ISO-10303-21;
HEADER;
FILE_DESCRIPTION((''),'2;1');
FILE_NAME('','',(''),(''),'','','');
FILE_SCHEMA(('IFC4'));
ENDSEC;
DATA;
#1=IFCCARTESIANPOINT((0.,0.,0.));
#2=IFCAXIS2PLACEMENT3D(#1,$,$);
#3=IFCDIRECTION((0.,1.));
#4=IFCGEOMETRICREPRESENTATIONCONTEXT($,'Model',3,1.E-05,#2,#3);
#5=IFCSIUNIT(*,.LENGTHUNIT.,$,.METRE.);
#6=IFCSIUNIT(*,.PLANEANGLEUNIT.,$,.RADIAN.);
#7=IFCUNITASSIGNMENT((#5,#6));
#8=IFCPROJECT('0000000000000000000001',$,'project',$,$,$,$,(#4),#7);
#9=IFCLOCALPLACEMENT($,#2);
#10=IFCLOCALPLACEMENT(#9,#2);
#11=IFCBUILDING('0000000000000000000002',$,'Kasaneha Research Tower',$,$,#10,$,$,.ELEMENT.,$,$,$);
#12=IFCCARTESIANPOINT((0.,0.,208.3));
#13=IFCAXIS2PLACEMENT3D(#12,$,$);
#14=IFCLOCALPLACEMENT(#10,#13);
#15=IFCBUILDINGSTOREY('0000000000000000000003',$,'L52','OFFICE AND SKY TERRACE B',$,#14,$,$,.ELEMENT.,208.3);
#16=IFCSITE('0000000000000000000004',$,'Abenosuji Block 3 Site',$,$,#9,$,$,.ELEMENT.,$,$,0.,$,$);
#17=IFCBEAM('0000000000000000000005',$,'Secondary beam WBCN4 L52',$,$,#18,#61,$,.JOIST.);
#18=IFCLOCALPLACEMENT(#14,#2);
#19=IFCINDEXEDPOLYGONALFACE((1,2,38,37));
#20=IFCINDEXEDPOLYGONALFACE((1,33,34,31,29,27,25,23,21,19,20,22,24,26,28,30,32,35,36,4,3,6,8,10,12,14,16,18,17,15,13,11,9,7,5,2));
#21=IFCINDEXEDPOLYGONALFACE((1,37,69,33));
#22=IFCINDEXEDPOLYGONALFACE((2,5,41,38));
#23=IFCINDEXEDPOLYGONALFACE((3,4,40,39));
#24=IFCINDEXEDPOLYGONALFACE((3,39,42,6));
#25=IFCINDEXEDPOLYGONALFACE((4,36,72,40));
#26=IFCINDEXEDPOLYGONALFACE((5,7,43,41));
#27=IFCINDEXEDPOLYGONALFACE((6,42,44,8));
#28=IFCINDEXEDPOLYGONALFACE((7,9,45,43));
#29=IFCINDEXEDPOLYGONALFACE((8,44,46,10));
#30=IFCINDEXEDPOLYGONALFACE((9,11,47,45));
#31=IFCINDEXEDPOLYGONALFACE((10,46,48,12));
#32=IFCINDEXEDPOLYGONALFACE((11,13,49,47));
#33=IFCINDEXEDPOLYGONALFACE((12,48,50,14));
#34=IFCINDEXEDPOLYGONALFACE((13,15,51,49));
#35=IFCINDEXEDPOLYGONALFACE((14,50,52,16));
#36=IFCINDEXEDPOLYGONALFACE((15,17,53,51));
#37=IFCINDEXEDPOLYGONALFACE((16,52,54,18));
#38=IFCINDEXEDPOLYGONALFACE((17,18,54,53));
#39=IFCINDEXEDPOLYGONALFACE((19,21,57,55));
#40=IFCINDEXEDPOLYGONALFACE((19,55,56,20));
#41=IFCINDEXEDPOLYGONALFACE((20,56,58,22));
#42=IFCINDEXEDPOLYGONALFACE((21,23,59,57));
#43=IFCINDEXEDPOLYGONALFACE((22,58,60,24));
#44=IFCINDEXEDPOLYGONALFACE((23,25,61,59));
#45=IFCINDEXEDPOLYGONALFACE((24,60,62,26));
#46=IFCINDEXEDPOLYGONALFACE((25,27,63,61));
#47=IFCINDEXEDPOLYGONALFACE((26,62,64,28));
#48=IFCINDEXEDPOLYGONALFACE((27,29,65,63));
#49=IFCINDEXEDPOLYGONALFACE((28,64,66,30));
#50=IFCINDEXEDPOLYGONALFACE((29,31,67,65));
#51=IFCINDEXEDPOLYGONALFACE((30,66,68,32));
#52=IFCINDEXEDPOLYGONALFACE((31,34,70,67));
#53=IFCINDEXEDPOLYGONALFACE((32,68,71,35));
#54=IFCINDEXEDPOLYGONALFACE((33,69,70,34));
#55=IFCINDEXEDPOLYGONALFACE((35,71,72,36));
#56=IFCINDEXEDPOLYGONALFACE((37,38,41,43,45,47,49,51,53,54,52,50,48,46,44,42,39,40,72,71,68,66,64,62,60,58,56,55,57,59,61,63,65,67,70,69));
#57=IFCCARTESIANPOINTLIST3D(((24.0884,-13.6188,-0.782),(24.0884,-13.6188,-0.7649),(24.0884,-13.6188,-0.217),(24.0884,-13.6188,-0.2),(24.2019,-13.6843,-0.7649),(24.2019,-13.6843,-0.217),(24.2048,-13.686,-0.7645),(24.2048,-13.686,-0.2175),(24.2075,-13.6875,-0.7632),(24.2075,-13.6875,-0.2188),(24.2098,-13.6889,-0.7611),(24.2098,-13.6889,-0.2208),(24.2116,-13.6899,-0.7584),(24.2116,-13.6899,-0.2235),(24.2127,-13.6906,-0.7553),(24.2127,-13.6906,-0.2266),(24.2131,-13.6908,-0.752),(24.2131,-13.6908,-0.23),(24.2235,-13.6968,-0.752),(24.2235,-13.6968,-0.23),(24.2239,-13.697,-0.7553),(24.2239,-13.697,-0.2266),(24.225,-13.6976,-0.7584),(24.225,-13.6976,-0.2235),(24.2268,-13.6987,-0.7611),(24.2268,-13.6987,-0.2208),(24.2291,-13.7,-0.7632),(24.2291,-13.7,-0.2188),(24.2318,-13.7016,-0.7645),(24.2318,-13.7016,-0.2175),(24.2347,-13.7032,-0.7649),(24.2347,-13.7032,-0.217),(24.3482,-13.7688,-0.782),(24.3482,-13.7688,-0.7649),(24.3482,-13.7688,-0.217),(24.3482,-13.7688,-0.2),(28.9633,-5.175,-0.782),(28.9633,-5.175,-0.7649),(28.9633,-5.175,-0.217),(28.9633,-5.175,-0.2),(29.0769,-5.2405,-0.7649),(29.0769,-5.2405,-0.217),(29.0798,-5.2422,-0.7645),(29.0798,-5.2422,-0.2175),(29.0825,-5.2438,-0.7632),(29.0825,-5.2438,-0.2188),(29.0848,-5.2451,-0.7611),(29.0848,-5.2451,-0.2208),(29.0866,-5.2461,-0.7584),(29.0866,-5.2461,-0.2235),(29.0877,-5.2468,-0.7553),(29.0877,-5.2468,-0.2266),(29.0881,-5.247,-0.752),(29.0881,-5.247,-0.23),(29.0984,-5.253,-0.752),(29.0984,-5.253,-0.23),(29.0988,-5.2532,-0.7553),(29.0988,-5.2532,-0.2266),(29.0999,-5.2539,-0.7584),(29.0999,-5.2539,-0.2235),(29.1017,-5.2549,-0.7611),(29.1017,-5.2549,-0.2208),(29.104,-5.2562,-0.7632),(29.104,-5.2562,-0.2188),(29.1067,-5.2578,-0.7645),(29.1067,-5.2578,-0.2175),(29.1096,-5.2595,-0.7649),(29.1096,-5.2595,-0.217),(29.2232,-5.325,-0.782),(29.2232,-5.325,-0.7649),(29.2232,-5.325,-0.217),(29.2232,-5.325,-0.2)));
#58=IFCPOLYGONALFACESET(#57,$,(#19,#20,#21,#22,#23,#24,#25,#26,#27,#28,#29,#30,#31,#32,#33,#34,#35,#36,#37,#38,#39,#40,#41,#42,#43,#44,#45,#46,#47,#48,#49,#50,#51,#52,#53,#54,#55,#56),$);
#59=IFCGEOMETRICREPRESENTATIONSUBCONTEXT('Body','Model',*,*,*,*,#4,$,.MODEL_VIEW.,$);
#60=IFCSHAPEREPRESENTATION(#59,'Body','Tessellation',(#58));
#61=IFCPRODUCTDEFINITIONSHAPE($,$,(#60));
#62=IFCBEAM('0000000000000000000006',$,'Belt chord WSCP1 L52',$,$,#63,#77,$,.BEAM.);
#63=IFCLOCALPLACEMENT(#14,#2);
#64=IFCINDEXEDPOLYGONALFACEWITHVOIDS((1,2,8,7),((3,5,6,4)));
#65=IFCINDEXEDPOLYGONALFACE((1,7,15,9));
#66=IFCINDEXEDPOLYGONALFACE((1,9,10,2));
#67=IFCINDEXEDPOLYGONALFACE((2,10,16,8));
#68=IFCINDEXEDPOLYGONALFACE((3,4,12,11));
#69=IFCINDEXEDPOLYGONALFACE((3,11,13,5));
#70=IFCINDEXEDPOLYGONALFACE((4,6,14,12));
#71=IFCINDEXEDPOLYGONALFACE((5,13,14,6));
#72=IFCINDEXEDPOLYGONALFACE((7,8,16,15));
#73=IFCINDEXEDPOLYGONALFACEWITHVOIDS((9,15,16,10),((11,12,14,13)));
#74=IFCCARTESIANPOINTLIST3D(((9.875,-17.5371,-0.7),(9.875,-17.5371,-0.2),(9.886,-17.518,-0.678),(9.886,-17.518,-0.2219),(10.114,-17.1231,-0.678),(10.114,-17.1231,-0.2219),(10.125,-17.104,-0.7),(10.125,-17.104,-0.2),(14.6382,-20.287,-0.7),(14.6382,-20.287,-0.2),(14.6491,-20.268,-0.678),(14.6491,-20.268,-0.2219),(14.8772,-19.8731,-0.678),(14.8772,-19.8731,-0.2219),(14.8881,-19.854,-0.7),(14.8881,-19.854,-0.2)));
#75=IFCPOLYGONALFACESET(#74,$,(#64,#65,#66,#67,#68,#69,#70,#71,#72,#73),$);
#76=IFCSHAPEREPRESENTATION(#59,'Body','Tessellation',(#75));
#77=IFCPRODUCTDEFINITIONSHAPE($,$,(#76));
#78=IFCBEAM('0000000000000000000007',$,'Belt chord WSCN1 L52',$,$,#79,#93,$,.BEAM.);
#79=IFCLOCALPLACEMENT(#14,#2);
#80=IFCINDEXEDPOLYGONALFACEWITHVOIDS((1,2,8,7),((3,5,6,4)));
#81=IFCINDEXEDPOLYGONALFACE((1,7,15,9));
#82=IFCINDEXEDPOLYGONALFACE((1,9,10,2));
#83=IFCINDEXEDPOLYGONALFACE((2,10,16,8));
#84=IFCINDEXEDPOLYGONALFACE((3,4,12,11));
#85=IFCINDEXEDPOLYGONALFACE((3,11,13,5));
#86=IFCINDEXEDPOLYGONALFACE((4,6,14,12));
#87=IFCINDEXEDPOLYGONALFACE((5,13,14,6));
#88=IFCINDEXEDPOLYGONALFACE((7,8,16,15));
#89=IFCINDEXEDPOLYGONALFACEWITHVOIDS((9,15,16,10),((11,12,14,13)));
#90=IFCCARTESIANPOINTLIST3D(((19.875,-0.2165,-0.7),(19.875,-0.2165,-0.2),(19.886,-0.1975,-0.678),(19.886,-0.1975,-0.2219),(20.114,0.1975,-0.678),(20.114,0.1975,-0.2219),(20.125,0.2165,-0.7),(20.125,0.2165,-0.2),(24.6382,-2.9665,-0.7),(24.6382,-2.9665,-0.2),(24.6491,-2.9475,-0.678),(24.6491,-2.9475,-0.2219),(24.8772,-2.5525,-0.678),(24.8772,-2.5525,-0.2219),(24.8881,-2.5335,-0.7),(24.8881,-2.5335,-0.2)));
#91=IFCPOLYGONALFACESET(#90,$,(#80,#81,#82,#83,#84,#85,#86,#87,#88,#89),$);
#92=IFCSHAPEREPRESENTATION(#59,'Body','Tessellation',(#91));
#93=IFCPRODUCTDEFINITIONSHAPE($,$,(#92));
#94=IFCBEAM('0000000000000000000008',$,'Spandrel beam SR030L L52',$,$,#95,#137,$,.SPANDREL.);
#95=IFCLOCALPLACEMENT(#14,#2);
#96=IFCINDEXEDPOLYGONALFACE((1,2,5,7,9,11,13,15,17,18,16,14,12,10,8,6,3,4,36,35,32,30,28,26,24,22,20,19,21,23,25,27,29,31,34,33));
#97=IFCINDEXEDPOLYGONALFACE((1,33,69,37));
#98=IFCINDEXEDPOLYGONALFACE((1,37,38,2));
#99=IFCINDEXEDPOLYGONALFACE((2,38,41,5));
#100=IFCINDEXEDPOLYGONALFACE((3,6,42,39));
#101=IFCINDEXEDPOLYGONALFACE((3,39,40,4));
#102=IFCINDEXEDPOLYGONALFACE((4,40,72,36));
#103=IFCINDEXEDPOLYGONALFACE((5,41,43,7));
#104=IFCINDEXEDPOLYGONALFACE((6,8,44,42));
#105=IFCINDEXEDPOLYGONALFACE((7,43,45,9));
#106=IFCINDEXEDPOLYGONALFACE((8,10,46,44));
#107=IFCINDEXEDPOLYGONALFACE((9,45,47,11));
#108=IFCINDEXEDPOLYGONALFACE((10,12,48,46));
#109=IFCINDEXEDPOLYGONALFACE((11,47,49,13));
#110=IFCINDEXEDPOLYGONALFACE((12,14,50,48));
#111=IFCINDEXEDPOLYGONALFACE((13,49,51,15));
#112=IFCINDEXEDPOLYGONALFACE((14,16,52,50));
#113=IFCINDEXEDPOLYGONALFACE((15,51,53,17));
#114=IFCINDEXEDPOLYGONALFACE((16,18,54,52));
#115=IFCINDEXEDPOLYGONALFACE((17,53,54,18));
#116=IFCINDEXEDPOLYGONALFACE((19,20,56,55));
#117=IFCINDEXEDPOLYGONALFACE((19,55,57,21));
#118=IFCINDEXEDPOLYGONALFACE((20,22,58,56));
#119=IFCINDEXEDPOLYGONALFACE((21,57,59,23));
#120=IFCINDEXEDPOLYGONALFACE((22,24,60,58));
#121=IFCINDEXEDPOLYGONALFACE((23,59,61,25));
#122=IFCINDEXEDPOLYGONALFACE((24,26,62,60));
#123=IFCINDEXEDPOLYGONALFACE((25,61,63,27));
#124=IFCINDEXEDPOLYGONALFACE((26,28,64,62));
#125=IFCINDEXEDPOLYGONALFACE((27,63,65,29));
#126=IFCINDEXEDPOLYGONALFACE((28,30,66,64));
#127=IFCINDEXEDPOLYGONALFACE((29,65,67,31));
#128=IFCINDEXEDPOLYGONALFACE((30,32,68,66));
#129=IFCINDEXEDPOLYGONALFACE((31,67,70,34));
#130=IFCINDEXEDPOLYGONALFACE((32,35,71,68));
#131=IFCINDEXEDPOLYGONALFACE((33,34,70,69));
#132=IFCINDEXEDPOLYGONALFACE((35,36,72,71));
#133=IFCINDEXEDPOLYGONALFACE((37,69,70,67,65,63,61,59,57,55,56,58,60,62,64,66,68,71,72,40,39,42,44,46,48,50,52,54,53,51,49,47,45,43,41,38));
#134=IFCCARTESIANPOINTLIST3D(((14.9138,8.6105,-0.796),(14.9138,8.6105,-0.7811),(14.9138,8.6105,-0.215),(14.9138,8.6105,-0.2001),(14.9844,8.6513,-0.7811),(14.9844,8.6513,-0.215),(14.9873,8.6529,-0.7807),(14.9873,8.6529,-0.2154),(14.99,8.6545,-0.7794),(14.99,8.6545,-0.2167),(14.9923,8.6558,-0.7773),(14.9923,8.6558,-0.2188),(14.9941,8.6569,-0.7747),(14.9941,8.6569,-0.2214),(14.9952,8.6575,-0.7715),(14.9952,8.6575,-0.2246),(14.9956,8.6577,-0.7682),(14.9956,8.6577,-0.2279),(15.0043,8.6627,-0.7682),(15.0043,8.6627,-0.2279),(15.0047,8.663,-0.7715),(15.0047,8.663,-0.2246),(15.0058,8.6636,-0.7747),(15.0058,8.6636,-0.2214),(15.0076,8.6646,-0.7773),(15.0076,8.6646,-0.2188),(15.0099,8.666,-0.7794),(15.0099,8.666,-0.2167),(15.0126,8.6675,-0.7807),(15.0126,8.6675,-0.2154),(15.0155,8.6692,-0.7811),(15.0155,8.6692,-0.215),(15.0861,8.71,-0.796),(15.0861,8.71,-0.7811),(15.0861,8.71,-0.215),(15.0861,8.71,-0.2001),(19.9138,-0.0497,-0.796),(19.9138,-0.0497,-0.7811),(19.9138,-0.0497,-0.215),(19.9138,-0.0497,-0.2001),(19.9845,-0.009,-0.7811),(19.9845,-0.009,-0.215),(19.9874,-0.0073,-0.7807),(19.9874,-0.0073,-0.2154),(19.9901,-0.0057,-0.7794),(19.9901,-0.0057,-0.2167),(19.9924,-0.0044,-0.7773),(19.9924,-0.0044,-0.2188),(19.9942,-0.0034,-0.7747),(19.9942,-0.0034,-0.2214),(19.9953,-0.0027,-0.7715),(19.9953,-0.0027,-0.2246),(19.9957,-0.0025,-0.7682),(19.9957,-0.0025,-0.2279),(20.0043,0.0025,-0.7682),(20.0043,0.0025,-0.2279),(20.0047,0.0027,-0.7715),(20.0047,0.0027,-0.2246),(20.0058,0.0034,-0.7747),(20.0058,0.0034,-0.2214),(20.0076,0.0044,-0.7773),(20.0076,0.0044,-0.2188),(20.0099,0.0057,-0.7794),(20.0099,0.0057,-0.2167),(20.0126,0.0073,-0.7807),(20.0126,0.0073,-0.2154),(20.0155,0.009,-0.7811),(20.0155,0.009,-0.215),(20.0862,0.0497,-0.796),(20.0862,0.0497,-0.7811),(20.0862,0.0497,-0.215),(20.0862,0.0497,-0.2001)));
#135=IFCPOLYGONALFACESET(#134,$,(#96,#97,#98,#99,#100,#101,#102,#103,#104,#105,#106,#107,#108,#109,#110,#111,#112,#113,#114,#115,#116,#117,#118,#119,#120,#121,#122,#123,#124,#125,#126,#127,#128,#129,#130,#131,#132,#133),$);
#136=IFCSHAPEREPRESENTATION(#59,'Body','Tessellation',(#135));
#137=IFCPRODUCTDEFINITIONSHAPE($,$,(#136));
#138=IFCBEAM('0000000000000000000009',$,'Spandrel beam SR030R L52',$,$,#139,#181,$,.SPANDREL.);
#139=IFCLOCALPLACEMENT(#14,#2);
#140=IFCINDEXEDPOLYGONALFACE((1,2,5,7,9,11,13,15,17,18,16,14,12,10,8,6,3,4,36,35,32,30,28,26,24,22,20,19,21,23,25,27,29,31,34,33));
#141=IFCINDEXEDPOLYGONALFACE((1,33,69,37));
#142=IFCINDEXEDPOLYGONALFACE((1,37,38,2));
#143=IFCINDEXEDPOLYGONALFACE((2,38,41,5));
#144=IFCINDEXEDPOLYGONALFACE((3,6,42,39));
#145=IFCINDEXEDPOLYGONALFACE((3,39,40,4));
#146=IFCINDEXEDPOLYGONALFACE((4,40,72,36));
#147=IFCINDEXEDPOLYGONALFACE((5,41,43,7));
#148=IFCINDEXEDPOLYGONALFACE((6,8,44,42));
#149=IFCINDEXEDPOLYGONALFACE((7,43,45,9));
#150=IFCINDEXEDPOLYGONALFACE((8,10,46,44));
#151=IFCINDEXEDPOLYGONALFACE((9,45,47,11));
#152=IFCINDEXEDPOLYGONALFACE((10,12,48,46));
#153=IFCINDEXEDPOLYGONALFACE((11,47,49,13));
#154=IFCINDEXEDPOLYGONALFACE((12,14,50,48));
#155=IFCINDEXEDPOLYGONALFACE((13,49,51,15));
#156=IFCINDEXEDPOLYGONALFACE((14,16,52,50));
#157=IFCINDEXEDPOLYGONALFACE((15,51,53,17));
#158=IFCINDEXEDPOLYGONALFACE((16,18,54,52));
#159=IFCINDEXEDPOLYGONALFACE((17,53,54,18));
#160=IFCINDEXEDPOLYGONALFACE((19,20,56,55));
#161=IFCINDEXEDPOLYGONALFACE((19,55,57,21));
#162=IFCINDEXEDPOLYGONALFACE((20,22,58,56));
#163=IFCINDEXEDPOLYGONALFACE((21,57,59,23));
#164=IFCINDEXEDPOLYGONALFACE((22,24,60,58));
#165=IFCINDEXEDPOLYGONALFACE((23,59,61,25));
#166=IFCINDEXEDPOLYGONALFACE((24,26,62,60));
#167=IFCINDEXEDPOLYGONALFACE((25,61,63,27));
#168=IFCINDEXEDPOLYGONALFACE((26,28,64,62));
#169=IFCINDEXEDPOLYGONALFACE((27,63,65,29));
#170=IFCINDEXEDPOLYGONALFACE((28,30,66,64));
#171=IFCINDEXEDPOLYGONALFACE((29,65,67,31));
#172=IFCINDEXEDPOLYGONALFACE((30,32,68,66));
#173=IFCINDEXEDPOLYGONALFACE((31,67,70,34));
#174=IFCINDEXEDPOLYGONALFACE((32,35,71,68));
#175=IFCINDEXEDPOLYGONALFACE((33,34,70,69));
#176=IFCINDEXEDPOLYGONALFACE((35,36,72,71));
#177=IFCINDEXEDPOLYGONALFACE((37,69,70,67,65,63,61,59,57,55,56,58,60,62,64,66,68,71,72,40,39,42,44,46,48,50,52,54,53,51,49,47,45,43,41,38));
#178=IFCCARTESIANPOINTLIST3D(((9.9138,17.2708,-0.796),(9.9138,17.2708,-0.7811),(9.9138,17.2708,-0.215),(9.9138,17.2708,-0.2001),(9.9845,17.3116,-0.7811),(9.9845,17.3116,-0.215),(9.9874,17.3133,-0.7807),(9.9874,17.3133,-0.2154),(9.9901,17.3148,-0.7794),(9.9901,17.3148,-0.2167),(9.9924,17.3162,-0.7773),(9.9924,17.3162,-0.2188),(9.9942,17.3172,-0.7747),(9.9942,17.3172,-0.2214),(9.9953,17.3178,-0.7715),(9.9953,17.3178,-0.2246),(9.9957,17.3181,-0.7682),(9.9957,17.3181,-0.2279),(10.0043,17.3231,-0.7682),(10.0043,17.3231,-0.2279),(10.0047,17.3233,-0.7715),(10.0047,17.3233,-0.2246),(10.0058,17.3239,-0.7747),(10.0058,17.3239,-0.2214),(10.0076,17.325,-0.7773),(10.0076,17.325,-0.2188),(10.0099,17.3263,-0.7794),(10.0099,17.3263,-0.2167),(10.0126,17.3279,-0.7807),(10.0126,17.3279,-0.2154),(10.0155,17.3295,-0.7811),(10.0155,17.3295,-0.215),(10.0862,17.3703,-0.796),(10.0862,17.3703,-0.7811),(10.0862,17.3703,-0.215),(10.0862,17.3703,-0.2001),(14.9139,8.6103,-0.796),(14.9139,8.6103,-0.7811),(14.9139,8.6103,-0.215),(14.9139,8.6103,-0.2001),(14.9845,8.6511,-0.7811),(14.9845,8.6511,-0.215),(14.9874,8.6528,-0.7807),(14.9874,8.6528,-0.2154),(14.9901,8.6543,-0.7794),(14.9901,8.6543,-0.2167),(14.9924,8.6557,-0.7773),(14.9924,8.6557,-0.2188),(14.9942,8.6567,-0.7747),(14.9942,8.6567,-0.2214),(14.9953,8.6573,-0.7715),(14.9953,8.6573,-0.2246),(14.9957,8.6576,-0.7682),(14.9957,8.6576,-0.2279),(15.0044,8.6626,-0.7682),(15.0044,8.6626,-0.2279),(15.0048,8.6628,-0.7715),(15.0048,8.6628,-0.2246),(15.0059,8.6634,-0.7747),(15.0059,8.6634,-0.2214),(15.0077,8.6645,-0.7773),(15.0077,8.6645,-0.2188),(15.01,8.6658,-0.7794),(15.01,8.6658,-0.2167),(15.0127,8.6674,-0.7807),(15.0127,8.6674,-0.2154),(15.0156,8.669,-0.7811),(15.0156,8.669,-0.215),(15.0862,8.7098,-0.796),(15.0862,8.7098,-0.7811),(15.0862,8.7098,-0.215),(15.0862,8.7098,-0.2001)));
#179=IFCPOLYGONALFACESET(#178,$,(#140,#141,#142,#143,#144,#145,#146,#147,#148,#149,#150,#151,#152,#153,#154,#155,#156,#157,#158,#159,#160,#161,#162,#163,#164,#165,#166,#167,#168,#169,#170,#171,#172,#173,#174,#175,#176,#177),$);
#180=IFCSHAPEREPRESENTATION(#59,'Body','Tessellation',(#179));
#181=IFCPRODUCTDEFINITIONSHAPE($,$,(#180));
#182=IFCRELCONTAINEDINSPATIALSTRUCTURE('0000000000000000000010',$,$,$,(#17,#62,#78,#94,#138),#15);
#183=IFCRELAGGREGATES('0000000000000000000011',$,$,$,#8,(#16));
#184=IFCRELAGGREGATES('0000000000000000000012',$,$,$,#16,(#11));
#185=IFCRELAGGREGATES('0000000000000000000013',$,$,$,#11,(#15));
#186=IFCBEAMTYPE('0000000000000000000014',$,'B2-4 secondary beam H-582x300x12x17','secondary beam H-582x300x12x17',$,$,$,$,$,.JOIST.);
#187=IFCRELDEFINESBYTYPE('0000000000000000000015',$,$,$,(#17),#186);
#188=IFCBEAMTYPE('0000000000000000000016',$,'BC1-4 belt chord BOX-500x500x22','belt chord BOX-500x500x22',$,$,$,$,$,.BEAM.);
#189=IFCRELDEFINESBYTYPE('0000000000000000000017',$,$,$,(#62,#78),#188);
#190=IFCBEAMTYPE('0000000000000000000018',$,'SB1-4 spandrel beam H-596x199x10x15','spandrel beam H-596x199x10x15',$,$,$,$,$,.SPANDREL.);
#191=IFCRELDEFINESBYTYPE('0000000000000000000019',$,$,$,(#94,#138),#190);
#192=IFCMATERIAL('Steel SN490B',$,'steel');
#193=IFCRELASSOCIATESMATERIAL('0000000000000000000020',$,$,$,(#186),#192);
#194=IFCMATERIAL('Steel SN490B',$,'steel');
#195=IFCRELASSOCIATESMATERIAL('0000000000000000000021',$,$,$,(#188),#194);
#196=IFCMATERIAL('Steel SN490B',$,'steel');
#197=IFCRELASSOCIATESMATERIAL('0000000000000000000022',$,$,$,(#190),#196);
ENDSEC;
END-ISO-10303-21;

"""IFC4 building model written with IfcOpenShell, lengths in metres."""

from ifc_helpers import new_model, si_unit, direction, frame, origin, origin_2d, place, context, subcontext, project, spatial, hollow_rectangle, i_section, extrude, material, material_profile, profile_set, type_object, element, save


model = new_model("IFC4")

# Units and contexts
model_context = context("Model", 3, precision=1e-05, world=origin(), true_north=direction((0.0, 1.0)))
body_context = subcontext(model_context, "Body", "Model", "MODEL_VIEW")
ifc_project = project(units=[si_unit("LENGTHUNIT", "METRE"), si_unit("PLANEANGLEUNIT", "RADIAN")], contexts=[model_context])

# Site, building, storey
site_placement = place(None, origin())
site = spatial("IfcSite", under=ifc_project, at=site_placement, Name="Abenosuji Block 3 Site", CompositionType="ELEMENT", RefElevation=0.0)
building_placement = place(site_placement, origin())
building = spatial("IfcBuilding", under=site, at=building_placement, Name="Kasaneha Research Tower", CompositionType="ELEMENT")
storey_placement = place(building_placement, frame((0.0, 0.0, 208.3)))
storey = spatial("IfcBuildingStorey", under=building, at=storey_placement, Name="L52", Description="OFFICE AND SKY TERRACE B", CompositionType="ELEMENT", Elevation=208.3)

# Beams
ifc_material_1 = material(Name="Steel SN490B", Category="steel")
ifc_material_profile_1 = material_profile(ifc_material_1, i_section(OverallWidth=0.3, OverallDepth=0.582, WebThickness=0.012, FlangeThickness=0.0171, FilletRadius=0.0129, at=origin_2d()), Name="H-582x300x12x17")
ifc_profile_set_1 = profile_set([ifc_material_profile_1], Name="Steel SN490B")
beam_type_1 = type_object("IfcBeamType", Name="B2-4 secondary beam H-582x300x12x17", Description="secondary beam H-582x300x12x17", PredefinedType="JOIST", material=ifc_profile_set_1)
for number, where, z_axis, x_axis, name in (
    (1, (29.0933, -5.25, -0.491), (-0.499996, -0.866028, 0.0), (0.866028, -0.499996, 0.0), "Secondary beam WBCN4 L52"),
):
    element("IfcBeam", number, at=place(storey_placement, frame(where, z_axis=z_axis, x_axis=x_axis)), inside=storey, type_object=beam_type_1, Name=name, PredefinedType="JOIST", context=body_context, shape_type="SweptSolid", body=[
        extrude(i_section(OverallWidth=0.3, OverallDepth=0.582, WebThickness=0.012, FlangeThickness=0.0171, FilletRadius=0.0129, at=origin_2d()), origin(), (0.0, 0.0, 1.0), 9.75),
    ])
ifc_material_2 = material(Name="Steel SN490B", Category="steel")
ifc_material_profile_2 = material_profile(ifc_material_2, hollow_rectangle(XDim=0.5, YDim=0.5, WallThickness=0.022, at=origin_2d()), Name="BOX-500x500x22")
ifc_profile_set_2 = profile_set([ifc_material_profile_2], Name="Steel SN490B")
beam_type_2 = type_object("IfcBeamType", Name="BC1-4 belt chord BOX-500x500x22", Description="belt chord BOX-500x500x22", PredefinedType="BEAM", material=ifc_profile_set_2)
for number, where, z_axis, x_axis, name in (
    (2, (10.0, -17.3206, -0.45), (0.866027, -0.499997, 0.0), (0.499997, 0.866027, 0.0), "Belt chord WSCP1 L52"),
    (3, (20.0, 0.0, -0.45), (0.866027, -0.499997, 0.0), (0.499997, 0.866027, 0.0), "Belt chord WSCN1 L52"),
):
    element("IfcBeam", number, at=place(storey_placement, frame(where, z_axis=z_axis, x_axis=x_axis)), inside=storey, type_object=beam_type_2, Name=name, PredefinedType="BEAM", context=body_context, shape_type="SweptSolid", body=[
        extrude(hollow_rectangle(XDim=0.5, YDim=0.5, WallThickness=0.022, at=origin_2d()), origin(), (0.0, 0.0, 1.0), 5.5),
    ])
ifc_material_3 = material(Name="Steel SN490B", Category="steel")
ifc_material_profile_3 = material_profile(ifc_material_3, i_section(OverallWidth=0.199, OverallDepth=0.5959, WebThickness=0.01, FlangeThickness=0.0149, FilletRadius=0.0129, at=origin_2d()), Name="H-596x199x10x15")
ifc_profile_set_3 = profile_set([ifc_material_profile_3], Name="Steel SN490B")
beam_type_3 = type_object("IfcBeamType", Name="SB1-4 spandrel beam H-596x199x10x15", Description="spandrel beam H-596x199x10x15", PredefinedType="SPANDREL", material=ifc_profile_set_3)
beam_1_placement = place(storey_placement, frame((20.0, 0.0, -0.498), z_axis=(-0.500004, 0.866023, 0.0), x_axis=(-0.866023, -0.500004, 0.0)))
element("IfcBeam", 4, at=beam_1_placement, inside=storey, type_object=beam_type_3, Name="Spandrel beam SR030L L52", PredefinedType="SPANDREL", context=body_context, shape_type="SweptSolid", body=[
    extrude(i_section(OverallWidth=0.199, OverallDepth=0.5959, WebThickness=0.01, FlangeThickness=0.0149, FilletRadius=0.0129, at=origin_2d()), origin(), (0.0, 0.0, 1.0), 10.0),
])
beam_2_placement = place(storey_placement, frame((10.0, 17.3206, -0.498), z_axis=(0.499994, -0.866029, 0.0), x_axis=(0.866029, 0.499994, 0.0)))
element("IfcBeam", 5, at=beam_2_placement, inside=storey, type_object=beam_type_3, Name="Spandrel beam SR030R L52", PredefinedType="SPANDREL", context=body_context, shape_type="SweptSolid", body=[
    extrude(i_section(OverallWidth=0.199, OverallDepth=0.5959, WebThickness=0.01, FlangeThickness=0.0149, FilletRadius=0.0129, at=origin_2d()), origin(), (0.0, 0.0, 1.0), 10.0002),
])

save(model, "model.ifc")
